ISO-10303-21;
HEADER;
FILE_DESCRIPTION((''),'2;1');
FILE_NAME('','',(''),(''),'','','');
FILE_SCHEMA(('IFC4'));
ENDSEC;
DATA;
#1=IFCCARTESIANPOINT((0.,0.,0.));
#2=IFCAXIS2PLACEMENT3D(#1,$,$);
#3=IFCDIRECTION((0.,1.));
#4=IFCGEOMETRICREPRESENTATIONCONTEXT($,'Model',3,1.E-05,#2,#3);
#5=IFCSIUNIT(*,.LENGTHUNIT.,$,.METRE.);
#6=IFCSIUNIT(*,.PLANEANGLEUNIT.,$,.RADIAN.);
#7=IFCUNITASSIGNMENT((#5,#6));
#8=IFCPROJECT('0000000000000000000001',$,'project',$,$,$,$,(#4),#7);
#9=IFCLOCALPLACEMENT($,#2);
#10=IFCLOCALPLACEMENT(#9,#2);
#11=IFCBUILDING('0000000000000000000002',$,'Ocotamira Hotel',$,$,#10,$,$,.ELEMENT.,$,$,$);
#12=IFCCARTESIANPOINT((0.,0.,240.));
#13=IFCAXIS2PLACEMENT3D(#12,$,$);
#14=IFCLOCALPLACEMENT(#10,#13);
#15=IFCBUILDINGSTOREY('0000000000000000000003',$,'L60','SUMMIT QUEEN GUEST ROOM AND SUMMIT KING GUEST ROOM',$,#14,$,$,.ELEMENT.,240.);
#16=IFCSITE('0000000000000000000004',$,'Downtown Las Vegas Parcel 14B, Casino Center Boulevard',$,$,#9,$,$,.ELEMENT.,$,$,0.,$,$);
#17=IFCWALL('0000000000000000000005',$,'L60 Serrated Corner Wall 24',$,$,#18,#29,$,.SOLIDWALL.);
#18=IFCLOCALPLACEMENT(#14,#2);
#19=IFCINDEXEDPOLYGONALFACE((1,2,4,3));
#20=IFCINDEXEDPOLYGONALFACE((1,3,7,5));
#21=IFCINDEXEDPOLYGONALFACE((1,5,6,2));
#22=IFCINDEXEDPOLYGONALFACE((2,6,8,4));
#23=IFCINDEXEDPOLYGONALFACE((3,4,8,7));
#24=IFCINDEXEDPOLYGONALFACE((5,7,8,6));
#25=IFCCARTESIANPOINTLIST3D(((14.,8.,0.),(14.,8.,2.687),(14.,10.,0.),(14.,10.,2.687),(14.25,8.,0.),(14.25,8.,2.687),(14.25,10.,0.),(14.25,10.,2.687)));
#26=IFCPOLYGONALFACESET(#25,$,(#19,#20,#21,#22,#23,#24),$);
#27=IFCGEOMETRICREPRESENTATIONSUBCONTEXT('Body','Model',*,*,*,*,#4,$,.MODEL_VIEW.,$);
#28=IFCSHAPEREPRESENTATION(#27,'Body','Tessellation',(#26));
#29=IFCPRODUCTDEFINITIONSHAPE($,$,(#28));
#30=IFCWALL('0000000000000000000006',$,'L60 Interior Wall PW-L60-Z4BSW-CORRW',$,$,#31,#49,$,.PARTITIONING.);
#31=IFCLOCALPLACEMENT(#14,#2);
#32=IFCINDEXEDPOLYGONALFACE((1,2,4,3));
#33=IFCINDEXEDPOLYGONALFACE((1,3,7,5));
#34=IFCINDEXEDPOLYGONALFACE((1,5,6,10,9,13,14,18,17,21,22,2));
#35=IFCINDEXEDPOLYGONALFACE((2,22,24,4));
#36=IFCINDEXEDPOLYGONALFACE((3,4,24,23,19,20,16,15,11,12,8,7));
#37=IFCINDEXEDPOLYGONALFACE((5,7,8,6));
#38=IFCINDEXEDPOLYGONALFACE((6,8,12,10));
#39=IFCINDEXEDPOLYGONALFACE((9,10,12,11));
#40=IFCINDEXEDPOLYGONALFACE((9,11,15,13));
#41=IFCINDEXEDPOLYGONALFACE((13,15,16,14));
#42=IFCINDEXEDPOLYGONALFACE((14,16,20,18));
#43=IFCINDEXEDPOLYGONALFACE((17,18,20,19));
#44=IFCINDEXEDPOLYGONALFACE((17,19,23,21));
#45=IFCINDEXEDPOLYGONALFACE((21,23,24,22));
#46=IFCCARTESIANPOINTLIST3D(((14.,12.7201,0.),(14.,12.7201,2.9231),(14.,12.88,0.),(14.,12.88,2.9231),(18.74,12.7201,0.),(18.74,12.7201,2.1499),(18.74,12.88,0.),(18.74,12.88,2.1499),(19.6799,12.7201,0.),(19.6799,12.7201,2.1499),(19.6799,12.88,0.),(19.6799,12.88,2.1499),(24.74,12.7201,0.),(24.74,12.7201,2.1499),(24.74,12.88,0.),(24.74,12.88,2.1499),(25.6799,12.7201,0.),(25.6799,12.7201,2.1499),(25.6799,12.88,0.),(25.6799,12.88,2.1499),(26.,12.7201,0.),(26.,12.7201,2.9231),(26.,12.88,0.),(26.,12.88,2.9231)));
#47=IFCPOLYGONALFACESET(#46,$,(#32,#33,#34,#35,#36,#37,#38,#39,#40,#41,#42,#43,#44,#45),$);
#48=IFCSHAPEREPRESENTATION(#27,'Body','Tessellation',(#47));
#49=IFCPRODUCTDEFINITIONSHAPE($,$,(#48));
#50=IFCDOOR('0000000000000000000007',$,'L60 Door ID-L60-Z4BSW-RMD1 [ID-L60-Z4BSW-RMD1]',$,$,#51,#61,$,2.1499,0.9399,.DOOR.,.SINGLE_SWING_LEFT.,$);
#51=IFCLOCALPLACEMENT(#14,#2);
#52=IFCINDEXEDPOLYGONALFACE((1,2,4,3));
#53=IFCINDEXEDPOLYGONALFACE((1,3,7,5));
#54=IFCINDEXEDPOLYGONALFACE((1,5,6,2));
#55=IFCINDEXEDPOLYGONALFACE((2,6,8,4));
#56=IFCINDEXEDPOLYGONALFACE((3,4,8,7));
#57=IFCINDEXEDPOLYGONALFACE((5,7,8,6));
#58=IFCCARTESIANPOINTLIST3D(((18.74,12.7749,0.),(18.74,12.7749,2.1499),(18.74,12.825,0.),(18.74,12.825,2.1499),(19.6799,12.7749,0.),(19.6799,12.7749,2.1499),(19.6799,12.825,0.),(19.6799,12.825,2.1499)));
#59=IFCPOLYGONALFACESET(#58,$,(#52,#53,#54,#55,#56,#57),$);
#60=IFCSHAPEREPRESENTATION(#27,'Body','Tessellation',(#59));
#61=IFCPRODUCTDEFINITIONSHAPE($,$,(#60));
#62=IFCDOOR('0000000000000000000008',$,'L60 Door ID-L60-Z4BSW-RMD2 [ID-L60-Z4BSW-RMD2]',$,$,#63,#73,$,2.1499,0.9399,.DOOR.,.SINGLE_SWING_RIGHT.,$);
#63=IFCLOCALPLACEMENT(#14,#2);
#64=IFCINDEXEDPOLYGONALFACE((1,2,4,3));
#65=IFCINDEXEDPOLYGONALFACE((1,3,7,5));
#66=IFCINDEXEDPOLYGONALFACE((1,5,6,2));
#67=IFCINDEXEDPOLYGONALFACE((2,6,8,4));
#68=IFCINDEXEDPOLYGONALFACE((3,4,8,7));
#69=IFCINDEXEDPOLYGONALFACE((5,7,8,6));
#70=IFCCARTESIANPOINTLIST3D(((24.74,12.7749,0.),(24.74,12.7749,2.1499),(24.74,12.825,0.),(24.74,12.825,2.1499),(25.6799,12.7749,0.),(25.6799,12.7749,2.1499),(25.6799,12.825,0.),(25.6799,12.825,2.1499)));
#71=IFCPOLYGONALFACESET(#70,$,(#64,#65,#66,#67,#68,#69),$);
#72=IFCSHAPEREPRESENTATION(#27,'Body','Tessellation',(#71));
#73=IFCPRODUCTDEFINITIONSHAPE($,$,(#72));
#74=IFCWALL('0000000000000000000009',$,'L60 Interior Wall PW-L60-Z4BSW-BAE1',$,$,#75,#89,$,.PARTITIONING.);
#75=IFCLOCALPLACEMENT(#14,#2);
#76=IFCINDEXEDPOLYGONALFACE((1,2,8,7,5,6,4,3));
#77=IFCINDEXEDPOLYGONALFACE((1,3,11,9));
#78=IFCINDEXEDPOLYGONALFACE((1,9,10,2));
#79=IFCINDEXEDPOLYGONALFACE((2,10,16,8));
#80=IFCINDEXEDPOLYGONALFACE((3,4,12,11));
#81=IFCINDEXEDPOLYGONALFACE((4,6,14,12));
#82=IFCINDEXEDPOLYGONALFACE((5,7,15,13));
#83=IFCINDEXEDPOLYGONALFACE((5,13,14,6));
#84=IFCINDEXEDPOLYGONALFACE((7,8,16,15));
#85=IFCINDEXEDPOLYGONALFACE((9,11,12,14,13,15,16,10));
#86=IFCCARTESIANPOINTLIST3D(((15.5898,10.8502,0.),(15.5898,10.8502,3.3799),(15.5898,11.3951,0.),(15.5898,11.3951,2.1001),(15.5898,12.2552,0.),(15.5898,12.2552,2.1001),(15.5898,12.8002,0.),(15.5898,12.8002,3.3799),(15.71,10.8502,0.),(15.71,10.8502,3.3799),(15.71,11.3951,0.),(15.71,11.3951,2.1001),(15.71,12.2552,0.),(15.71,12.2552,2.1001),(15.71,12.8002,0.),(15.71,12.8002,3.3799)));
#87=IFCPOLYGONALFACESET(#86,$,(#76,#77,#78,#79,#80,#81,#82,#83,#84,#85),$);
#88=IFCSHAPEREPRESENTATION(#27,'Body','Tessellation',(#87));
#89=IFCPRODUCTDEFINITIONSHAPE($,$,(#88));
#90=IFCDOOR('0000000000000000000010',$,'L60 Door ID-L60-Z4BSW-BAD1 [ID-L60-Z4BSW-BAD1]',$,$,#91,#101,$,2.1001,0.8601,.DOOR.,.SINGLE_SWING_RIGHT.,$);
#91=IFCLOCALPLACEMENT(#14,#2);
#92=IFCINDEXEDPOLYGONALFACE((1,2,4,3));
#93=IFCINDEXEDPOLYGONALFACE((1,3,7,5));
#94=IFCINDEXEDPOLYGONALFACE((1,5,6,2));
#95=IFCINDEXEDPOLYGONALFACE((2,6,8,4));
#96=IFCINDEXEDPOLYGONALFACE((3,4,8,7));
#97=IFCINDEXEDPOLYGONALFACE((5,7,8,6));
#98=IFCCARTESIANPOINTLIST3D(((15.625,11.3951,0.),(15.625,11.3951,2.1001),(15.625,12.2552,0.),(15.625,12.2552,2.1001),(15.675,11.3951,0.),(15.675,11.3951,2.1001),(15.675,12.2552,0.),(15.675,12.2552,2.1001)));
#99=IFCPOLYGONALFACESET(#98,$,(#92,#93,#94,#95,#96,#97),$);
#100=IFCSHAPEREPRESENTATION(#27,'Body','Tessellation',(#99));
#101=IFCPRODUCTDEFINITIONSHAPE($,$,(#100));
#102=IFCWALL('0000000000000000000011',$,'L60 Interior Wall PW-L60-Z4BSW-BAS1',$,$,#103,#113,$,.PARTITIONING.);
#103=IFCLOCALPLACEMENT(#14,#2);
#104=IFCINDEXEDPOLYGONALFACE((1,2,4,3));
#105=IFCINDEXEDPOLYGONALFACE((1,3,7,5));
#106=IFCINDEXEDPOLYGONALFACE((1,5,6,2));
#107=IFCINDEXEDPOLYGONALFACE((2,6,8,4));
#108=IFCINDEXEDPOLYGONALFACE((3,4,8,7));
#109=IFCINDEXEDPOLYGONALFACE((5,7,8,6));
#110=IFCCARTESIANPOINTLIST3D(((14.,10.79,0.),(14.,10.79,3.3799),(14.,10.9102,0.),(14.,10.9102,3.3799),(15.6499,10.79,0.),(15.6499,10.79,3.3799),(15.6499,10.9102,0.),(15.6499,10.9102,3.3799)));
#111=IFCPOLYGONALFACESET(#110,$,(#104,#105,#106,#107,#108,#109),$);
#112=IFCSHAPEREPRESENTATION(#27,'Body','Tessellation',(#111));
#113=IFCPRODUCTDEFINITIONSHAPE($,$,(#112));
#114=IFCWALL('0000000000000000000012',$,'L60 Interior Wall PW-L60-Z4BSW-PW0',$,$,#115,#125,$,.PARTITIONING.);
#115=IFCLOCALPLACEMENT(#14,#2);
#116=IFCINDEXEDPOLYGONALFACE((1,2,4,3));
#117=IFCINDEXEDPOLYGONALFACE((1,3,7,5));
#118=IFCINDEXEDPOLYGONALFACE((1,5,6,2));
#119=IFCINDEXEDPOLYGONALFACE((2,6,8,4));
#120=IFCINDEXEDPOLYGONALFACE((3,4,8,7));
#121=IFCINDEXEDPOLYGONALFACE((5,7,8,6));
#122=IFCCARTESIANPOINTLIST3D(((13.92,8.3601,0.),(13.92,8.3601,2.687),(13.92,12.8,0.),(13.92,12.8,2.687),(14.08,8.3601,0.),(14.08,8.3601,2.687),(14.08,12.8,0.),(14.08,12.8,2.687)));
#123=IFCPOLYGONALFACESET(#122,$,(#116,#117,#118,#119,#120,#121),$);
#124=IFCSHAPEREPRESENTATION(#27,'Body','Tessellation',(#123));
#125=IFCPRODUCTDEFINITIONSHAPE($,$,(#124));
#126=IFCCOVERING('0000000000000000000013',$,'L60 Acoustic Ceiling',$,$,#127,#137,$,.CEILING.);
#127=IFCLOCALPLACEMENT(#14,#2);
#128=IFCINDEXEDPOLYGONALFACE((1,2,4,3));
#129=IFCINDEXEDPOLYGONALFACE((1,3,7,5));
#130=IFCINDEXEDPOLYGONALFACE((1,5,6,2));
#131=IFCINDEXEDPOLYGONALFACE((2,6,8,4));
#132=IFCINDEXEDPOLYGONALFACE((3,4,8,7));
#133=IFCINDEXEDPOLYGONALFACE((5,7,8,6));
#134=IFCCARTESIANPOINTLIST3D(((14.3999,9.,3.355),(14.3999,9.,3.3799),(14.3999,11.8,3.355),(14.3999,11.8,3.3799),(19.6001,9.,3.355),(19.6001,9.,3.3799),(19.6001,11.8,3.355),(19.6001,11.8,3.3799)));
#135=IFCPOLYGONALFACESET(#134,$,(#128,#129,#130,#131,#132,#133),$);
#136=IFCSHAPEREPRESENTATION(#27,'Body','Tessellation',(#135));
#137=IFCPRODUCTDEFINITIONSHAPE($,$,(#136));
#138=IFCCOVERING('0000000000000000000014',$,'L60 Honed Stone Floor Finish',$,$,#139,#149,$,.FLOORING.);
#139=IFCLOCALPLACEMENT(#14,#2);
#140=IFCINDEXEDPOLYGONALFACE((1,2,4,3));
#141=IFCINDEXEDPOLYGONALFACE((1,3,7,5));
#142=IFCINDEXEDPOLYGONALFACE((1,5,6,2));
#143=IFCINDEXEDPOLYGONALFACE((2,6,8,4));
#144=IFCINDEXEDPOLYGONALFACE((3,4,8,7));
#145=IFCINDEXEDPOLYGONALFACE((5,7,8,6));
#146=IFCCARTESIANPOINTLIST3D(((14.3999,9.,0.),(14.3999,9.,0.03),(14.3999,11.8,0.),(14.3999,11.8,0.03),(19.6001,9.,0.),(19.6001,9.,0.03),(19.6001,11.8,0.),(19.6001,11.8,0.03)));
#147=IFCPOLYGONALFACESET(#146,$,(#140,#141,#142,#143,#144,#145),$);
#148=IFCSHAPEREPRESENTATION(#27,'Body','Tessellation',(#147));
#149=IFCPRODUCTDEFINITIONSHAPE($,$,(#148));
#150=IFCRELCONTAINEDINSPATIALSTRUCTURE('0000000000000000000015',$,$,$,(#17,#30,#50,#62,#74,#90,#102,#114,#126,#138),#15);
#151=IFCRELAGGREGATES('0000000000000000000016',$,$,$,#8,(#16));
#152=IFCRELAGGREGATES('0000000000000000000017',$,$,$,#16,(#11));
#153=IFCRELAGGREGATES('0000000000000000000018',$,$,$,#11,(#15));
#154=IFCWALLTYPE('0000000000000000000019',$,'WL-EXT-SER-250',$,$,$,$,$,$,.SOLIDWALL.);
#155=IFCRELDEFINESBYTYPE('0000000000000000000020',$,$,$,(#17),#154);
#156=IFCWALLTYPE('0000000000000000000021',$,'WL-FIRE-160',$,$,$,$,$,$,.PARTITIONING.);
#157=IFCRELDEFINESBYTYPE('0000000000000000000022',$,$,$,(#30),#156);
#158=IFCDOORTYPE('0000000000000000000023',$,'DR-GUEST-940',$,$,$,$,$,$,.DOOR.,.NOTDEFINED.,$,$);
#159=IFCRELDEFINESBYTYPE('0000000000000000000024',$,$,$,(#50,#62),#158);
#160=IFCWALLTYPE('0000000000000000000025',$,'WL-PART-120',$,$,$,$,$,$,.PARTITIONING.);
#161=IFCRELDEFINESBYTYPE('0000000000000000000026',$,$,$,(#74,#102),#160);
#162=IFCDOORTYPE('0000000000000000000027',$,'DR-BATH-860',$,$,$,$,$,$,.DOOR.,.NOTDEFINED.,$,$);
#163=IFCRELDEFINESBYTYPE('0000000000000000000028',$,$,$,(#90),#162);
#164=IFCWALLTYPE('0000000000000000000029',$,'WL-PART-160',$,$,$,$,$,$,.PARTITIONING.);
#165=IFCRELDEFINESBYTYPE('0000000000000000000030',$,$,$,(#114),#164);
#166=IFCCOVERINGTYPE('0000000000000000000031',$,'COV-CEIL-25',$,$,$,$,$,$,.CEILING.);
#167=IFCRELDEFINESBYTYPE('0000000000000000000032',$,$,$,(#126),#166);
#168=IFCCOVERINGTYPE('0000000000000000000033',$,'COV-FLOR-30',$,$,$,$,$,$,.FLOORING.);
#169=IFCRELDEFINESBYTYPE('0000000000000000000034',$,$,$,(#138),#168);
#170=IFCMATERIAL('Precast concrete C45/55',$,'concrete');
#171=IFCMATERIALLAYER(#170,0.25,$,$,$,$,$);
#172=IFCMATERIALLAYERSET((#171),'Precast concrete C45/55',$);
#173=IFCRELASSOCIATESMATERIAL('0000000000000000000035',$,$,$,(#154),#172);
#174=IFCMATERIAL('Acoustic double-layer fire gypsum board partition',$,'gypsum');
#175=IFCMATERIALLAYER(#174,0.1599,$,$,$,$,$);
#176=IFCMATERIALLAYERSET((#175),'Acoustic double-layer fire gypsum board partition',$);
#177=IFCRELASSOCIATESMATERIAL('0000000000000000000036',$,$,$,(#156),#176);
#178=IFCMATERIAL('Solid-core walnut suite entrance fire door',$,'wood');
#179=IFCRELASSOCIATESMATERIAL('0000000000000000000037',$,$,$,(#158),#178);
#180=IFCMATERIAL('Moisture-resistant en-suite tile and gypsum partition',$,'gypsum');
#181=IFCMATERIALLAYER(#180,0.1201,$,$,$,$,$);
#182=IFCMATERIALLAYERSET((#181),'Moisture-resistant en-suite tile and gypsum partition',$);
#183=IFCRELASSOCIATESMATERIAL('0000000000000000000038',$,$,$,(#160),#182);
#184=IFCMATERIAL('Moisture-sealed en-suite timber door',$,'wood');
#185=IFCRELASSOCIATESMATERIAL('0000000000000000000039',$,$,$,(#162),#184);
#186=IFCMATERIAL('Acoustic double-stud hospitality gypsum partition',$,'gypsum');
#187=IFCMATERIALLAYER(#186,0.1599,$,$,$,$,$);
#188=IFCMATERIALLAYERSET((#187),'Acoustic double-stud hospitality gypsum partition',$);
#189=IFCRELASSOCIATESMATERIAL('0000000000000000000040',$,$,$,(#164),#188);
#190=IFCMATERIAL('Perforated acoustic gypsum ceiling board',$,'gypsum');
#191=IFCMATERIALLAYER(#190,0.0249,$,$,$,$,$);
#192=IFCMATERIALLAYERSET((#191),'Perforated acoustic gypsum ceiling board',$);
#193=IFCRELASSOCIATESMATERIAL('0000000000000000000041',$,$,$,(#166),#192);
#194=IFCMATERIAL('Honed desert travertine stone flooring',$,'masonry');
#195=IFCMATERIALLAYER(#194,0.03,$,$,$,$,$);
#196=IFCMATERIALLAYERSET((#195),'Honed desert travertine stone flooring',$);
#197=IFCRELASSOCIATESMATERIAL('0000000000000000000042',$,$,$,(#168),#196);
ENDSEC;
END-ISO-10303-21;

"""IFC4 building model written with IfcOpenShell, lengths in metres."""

from ifc_helpers import new_model, si_unit, direction, frame, frame_2d, origin, place, context, subcontext, project, spatial, polyline, rectangle, outline, extrude, source, transform, mapped, material, layer, layer_set, type_object, element, fill, save


model = new_model("IFC4")

# Units and contexts
model_context = context("Model", 3, precision=1e-05, world=origin(), true_north=direction((0.0, 1.0)))
body_context = subcontext(model_context, "Body", "Model", "MODEL_VIEW")
ifc_project = project(units=[si_unit("LENGTHUNIT", "METRE"), si_unit("PLANEANGLEUNIT", "RADIAN")], contexts=[model_context])

# Site, building, storey
site_placement = place(None, origin())
site = spatial("IfcSite", under=ifc_project, at=site_placement, Name="Downtown Las Vegas Parcel 14B, Casino Center Boulevard", CompositionType="ELEMENT", RefElevation=0.0)
building_placement = place(site_placement, origin())
building = spatial("IfcBuilding", under=site, at=building_placement, Name="Ocotamira Hotel", CompositionType="ELEMENT")
storey_placement = place(building_placement, frame((0.0, 0.0, 240.0)))
storey = spatial("IfcBuildingStorey", under=building, at=storey_placement, Name="L60", Description="SUMMIT QUEEN GUEST ROOM AND SUMMIT KING GUEST ROOM", CompositionType="ELEMENT", Elevation=240.0)

# Wall
ifc_material_1 = material(Name="Precast concrete C45/55", Category="concrete")
ifc_layer_1 = layer(ifc_material_1, 0.25)
ifc_layer_set_1 = layer_set([ifc_layer_1], Name="Precast concrete C45/55")
wall_type_1 = type_object("IfcWallType", Name="WL-EXT-SER-250", PredefinedType="SOLIDWALL", material=ifc_layer_set_1)
wall_1_placement = place(storey_placement, frame((14.125, 10.0, 0.0), z_axis=(0.0, 0.0, 1.0), x_axis=(0.0, -1.0, 0.0)))
element("IfcWall", 1, at=wall_1_placement, inside=storey, type_object=wall_type_1, Name="L60 Serrated Corner Wall 24", PredefinedType="SOLIDWALL", context=body_context, shape_type="SweptSolid", body=[
    extrude(rectangle(XDim=2.0, YDim=0.25, at=frame_2d((1.0, 0.0))), origin(), (0.0, 0.0, 1.0), 2.687),
])

# Wall, openings, doors
ifc_material_2 = material(Name="Acoustic double-layer fire gypsum board partition", Category="gypsum")
ifc_layer_2 = layer(ifc_material_2, 0.1599)
ifc_layer_set_2 = layer_set([ifc_layer_2], Name="Acoustic double-layer fire gypsum board partition")
wall_type_2 = type_object("IfcWallType", Name="WL-FIRE-160", PredefinedType="PARTITIONING", material=ifc_layer_set_2)
wall_2_placement = place(storey_placement, frame((14.0, 12.8, 0.0), z_axis=(0.0, 0.0, 1.0), x_axis=(1.0, 0.0, 0.0)))
wall_2 = element("IfcWall", 2, at=wall_2_placement, inside=storey, type_object=wall_type_2, Name="L60 Interior Wall PW-L60-Z4BSW-CORRW", PredefinedType="PARTITIONING", context=body_context, shape_type="SweptSolid", body=[
    extrude(rectangle(XDim=12.0, YDim=0.1599, at=frame_2d((6.0, 0.0))), origin(), (0.0, 0.0, 1.0), 2.9231),
])
opening_1_placement = place(wall_2_placement, frame((4.74, 0.0, 0.0)))
opening_1 = element("IfcOpeningElement", 3, at=opening_1_placement, cuts=wall_2, PredefinedType="OPENING", context=body_context, shape_type="SweptSolid", body=[
    extrude(rectangle(XDim=0.9399, YDim=2.1499, at=frame_2d((0.47, 1.075))), frame((0.0, 0.0898, 0.0), z_axis=(0.0, -1.0, 0.0), x_axis=(1.0, 0.0, 0.0)), (0.0, 0.0, 1.0), 0.1799),
])
opening_2_placement = place(wall_2_placement, frame((10.74, 0.0, 0.0)))
opening_2 = element("IfcOpeningElement", 4, at=opening_2_placement, cuts=wall_2, PredefinedType="OPENING", context=body_context, shape_type="SweptSolid", body=[
    extrude(rectangle(XDim=0.9399, YDim=2.1499, at=frame_2d((0.47, 1.075))), frame((0.0, 0.0898, 0.0), z_axis=(0.0, -1.0, 0.0), x_axis=(1.0, 0.0, 0.0)), (0.0, 0.0, 1.0), 0.1799),
])
ifc_material_3 = material(Name="Solid-core walnut suite entrance fire door", Category="wood")
door_type_1 = type_object("IfcDoorType", Name="DR-GUEST-940", OperationType="NOTDEFINED", PredefinedType="DOOR", material=ifc_material_3)
shared_shape_1 = source(origin(), body_context, "Body", "SweptSolid", [
    extrude(rectangle(XDim=0.9399, YDim=2.1499, at=frame_2d((0.47, 1.075))), frame((0.0, 0.0249, 0.0), z_axis=(0.0, -1.0, 0.0), x_axis=(1.0, 0.0, 0.0)), (0.0, 0.0, 1.0), 0.05),
])
door_1_placement = place(opening_1_placement, origin())
door_1 = element("IfcDoor", 5, at=door_1_placement, inside=storey, type_object=door_type_1, Name="L60 Door ID-L60-Z4BSW-RMD1 [ID-L60-Z4BSW-RMD1]", OperationType="SINGLE_SWING_LEFT", OverallHeight=2.1499, OverallWidth=0.9399, PredefinedType="DOOR", context=body_context, shape_type="MappedRepresentation", body=[
    mapped(shared_shape_1, transform((0.0, 0.0, 0.0), scale=1.0)),
])
fill(opening_1, door_1)
door_2_placement = place(opening_2_placement, origin())
door_2 = element("IfcDoor", 6, at=door_2_placement, inside=storey, type_object=door_type_1, Name="L60 Door ID-L60-Z4BSW-RMD2 [ID-L60-Z4BSW-RMD2]", OperationType="SINGLE_SWING_RIGHT", OverallHeight=2.1499, OverallWidth=0.9399, PredefinedType="DOOR", context=body_context, shape_type="MappedRepresentation", body=[
    mapped(shared_shape_1, transform((0.0, 0.0, 0.0), scale=1.0)),
])
fill(opening_2, door_2)

# Wall, opening, door
ifc_material_4 = material(Name="Moisture-resistant en-suite tile and gypsum partition", Category="gypsum")
ifc_layer_3 = layer(ifc_material_4, 0.1201)
ifc_layer_set_3 = layer_set([ifc_layer_3], Name="Moisture-resistant en-suite tile and gypsum partition")
wall_type_3 = type_object("IfcWallType", Name="WL-PART-120", PredefinedType="PARTITIONING", material=ifc_layer_set_3)
wall_3_placement = place(storey_placement, frame((15.6499, 10.8501, 0.0), z_axis=(0.0, 0.0, 1.0), x_axis=(0.0, 1.0, 0.0)))
wall_3 = element("IfcWall", 7, at=wall_3_placement, inside=storey, type_object=wall_type_3, Name="L60 Interior Wall PW-L60-Z4BSW-BAE1", PredefinedType="PARTITIONING", context=body_context, shape_type="SweptSolid", body=[
    extrude(rectangle(XDim=1.95, YDim=0.1201, at=frame_2d((0.9751, 0.0))), origin(), (0.0, 0.0, 1.0), 3.3799),
])
opening_3_placement = place(wall_3_placement, frame((0.5449, 0.0, 0.0)))
opening_3 = element("IfcOpeningElement", 8, at=opening_3_placement, cuts=wall_3, PredefinedType="OPENING", context=body_context, shape_type="SweptSolid", body=[
    extrude(rectangle(XDim=0.8601, YDim=2.1001, at=frame_2d((0.4302, 1.05))), frame((0.0, 0.0701, 0.0), z_axis=(0.0, -1.0, 0.0), x_axis=(1.0, 0.0, 0.0)), (0.0, 0.0, 1.0), 0.1401),
])
ifc_material_5 = material(Name="Moisture-sealed en-suite timber door", Category="wood")
door_type_2 = type_object("IfcDoorType", Name="DR-BATH-860", OperationType="NOTDEFINED", PredefinedType="DOOR", material=ifc_material_5)
shared_shape_2 = source(origin(), body_context, "Body", "SweptSolid", [
    extrude(rectangle(XDim=0.8601, YDim=2.1001, at=frame_2d((0.4302, 1.05))), frame((0.0, 0.0249, 0.0), z_axis=(0.0, -1.0, 0.0), x_axis=(1.0, 0.0, 0.0)), (0.0, 0.0, 1.0), 0.05),
])
door_3_placement = place(opening_3_placement, origin())
door_3 = element("IfcDoor", 9, at=door_3_placement, inside=storey, type_object=door_type_2, Name="L60 Door ID-L60-Z4BSW-BAD1 [ID-L60-Z4BSW-BAD1]", OperationType="SINGLE_SWING_RIGHT", OverallHeight=2.1001, OverallWidth=0.8601, PredefinedType="DOOR", context=body_context, shape_type="MappedRepresentation", body=[
    mapped(shared_shape_2, transform((0.0, 0.0, 0.0), scale=1.0)),
])
fill(opening_3, door_3)

# Walls
wall_4_placement = place(storey_placement, frame((14.0, 10.8501, 0.0), z_axis=(0.0, 0.0, 1.0), x_axis=(1.0, 0.0, 0.0)))
element("IfcWall", 10, at=wall_4_placement, inside=storey, type_object=wall_type_3, Name="L60 Interior Wall PW-L60-Z4BSW-BAS1", PredefinedType="PARTITIONING", context=body_context, shape_type="SweptSolid", body=[
    extrude(rectangle(XDim=1.6499, YDim=0.1201, at=frame_2d((0.825, 0.0))), origin(), (0.0, 0.0, 1.0), 3.3799),
])
ifc_material_6 = material(Name="Acoustic double-stud hospitality gypsum partition", Category="gypsum")
ifc_layer_4 = layer(ifc_material_6, 0.1599)
ifc_layer_set_4 = layer_set([ifc_layer_4], Name="Acoustic double-stud hospitality gypsum partition")
wall_type_4 = type_object("IfcWallType", Name="WL-PART-160", PredefinedType="PARTITIONING", material=ifc_layer_set_4)
wall_5_placement = place(storey_placement, frame((14.0, 8.3601, 0.0), z_axis=(0.0, 0.0, 1.0), x_axis=(0.0, 1.0, 0.0)))
element("IfcWall", 11, at=wall_5_placement, inside=storey, type_object=wall_type_4, Name="L60 Interior Wall PW-L60-Z4BSW-PW0", PredefinedType="PARTITIONING", context=body_context, shape_type="SweptSolid", body=[
    extrude(rectangle(XDim=4.4399, YDim=0.1599, at=frame_2d((2.22, 0.0))), origin(), (0.0, 0.0, 1.0), 2.687),
])

# Coverings
ifc_material_7 = material(Name="Perforated acoustic gypsum ceiling board", Category="gypsum")
ifc_layer_5 = layer(ifc_material_7, 0.0249)
ifc_layer_set_5 = layer_set([ifc_layer_5], Name="Perforated acoustic gypsum ceiling board")
covering_type_1 = type_object("IfcCoveringType", Name="COV-CEIL-25", PredefinedType="CEILING", material=ifc_layer_set_5)
covering_1_placement = place(storey_placement, frame((0.0, 0.0, 3.355)))
element("IfcCovering", 12, at=covering_1_placement, inside=storey, type_object=covering_type_1, Name="L60 Acoustic Ceiling", PredefinedType="CEILING", context=body_context, shape_type="SweptSolid", body=[
    extrude(outline(polyline([(14.3999, 9.0), (19.6001, 9.0), (19.6001, 11.8), (14.3999, 11.8), (14.3999, 9.0)])), origin(), (0.0, 0.0, 1.0), 0.0249),
])
ifc_material_8 = material(Name="Honed desert travertine stone flooring", Category="masonry")
ifc_layer_6 = layer(ifc_material_8, 0.03)
ifc_layer_set_6 = layer_set([ifc_layer_6], Name="Honed desert travertine stone flooring")
covering_type_2 = type_object("IfcCoveringType", Name="COV-FLOR-30", PredefinedType="FLOORING", material=ifc_layer_set_6)
covering_2_placement = place(storey_placement, origin())
element("IfcCovering", 13, at=covering_2_placement, inside=storey, type_object=covering_type_2, Name="L60 Honed Stone Floor Finish", PredefinedType="FLOORING", context=body_context, shape_type="SweptSolid", body=[
    extrude(outline(polyline([(14.3999, 9.0), (19.6001, 9.0), (19.6001, 11.8), (14.3999, 11.8), (14.3999, 9.0)])), origin(), (0.0, 0.0, 1.0), 0.03),
])

save(model, "model.ifc")
